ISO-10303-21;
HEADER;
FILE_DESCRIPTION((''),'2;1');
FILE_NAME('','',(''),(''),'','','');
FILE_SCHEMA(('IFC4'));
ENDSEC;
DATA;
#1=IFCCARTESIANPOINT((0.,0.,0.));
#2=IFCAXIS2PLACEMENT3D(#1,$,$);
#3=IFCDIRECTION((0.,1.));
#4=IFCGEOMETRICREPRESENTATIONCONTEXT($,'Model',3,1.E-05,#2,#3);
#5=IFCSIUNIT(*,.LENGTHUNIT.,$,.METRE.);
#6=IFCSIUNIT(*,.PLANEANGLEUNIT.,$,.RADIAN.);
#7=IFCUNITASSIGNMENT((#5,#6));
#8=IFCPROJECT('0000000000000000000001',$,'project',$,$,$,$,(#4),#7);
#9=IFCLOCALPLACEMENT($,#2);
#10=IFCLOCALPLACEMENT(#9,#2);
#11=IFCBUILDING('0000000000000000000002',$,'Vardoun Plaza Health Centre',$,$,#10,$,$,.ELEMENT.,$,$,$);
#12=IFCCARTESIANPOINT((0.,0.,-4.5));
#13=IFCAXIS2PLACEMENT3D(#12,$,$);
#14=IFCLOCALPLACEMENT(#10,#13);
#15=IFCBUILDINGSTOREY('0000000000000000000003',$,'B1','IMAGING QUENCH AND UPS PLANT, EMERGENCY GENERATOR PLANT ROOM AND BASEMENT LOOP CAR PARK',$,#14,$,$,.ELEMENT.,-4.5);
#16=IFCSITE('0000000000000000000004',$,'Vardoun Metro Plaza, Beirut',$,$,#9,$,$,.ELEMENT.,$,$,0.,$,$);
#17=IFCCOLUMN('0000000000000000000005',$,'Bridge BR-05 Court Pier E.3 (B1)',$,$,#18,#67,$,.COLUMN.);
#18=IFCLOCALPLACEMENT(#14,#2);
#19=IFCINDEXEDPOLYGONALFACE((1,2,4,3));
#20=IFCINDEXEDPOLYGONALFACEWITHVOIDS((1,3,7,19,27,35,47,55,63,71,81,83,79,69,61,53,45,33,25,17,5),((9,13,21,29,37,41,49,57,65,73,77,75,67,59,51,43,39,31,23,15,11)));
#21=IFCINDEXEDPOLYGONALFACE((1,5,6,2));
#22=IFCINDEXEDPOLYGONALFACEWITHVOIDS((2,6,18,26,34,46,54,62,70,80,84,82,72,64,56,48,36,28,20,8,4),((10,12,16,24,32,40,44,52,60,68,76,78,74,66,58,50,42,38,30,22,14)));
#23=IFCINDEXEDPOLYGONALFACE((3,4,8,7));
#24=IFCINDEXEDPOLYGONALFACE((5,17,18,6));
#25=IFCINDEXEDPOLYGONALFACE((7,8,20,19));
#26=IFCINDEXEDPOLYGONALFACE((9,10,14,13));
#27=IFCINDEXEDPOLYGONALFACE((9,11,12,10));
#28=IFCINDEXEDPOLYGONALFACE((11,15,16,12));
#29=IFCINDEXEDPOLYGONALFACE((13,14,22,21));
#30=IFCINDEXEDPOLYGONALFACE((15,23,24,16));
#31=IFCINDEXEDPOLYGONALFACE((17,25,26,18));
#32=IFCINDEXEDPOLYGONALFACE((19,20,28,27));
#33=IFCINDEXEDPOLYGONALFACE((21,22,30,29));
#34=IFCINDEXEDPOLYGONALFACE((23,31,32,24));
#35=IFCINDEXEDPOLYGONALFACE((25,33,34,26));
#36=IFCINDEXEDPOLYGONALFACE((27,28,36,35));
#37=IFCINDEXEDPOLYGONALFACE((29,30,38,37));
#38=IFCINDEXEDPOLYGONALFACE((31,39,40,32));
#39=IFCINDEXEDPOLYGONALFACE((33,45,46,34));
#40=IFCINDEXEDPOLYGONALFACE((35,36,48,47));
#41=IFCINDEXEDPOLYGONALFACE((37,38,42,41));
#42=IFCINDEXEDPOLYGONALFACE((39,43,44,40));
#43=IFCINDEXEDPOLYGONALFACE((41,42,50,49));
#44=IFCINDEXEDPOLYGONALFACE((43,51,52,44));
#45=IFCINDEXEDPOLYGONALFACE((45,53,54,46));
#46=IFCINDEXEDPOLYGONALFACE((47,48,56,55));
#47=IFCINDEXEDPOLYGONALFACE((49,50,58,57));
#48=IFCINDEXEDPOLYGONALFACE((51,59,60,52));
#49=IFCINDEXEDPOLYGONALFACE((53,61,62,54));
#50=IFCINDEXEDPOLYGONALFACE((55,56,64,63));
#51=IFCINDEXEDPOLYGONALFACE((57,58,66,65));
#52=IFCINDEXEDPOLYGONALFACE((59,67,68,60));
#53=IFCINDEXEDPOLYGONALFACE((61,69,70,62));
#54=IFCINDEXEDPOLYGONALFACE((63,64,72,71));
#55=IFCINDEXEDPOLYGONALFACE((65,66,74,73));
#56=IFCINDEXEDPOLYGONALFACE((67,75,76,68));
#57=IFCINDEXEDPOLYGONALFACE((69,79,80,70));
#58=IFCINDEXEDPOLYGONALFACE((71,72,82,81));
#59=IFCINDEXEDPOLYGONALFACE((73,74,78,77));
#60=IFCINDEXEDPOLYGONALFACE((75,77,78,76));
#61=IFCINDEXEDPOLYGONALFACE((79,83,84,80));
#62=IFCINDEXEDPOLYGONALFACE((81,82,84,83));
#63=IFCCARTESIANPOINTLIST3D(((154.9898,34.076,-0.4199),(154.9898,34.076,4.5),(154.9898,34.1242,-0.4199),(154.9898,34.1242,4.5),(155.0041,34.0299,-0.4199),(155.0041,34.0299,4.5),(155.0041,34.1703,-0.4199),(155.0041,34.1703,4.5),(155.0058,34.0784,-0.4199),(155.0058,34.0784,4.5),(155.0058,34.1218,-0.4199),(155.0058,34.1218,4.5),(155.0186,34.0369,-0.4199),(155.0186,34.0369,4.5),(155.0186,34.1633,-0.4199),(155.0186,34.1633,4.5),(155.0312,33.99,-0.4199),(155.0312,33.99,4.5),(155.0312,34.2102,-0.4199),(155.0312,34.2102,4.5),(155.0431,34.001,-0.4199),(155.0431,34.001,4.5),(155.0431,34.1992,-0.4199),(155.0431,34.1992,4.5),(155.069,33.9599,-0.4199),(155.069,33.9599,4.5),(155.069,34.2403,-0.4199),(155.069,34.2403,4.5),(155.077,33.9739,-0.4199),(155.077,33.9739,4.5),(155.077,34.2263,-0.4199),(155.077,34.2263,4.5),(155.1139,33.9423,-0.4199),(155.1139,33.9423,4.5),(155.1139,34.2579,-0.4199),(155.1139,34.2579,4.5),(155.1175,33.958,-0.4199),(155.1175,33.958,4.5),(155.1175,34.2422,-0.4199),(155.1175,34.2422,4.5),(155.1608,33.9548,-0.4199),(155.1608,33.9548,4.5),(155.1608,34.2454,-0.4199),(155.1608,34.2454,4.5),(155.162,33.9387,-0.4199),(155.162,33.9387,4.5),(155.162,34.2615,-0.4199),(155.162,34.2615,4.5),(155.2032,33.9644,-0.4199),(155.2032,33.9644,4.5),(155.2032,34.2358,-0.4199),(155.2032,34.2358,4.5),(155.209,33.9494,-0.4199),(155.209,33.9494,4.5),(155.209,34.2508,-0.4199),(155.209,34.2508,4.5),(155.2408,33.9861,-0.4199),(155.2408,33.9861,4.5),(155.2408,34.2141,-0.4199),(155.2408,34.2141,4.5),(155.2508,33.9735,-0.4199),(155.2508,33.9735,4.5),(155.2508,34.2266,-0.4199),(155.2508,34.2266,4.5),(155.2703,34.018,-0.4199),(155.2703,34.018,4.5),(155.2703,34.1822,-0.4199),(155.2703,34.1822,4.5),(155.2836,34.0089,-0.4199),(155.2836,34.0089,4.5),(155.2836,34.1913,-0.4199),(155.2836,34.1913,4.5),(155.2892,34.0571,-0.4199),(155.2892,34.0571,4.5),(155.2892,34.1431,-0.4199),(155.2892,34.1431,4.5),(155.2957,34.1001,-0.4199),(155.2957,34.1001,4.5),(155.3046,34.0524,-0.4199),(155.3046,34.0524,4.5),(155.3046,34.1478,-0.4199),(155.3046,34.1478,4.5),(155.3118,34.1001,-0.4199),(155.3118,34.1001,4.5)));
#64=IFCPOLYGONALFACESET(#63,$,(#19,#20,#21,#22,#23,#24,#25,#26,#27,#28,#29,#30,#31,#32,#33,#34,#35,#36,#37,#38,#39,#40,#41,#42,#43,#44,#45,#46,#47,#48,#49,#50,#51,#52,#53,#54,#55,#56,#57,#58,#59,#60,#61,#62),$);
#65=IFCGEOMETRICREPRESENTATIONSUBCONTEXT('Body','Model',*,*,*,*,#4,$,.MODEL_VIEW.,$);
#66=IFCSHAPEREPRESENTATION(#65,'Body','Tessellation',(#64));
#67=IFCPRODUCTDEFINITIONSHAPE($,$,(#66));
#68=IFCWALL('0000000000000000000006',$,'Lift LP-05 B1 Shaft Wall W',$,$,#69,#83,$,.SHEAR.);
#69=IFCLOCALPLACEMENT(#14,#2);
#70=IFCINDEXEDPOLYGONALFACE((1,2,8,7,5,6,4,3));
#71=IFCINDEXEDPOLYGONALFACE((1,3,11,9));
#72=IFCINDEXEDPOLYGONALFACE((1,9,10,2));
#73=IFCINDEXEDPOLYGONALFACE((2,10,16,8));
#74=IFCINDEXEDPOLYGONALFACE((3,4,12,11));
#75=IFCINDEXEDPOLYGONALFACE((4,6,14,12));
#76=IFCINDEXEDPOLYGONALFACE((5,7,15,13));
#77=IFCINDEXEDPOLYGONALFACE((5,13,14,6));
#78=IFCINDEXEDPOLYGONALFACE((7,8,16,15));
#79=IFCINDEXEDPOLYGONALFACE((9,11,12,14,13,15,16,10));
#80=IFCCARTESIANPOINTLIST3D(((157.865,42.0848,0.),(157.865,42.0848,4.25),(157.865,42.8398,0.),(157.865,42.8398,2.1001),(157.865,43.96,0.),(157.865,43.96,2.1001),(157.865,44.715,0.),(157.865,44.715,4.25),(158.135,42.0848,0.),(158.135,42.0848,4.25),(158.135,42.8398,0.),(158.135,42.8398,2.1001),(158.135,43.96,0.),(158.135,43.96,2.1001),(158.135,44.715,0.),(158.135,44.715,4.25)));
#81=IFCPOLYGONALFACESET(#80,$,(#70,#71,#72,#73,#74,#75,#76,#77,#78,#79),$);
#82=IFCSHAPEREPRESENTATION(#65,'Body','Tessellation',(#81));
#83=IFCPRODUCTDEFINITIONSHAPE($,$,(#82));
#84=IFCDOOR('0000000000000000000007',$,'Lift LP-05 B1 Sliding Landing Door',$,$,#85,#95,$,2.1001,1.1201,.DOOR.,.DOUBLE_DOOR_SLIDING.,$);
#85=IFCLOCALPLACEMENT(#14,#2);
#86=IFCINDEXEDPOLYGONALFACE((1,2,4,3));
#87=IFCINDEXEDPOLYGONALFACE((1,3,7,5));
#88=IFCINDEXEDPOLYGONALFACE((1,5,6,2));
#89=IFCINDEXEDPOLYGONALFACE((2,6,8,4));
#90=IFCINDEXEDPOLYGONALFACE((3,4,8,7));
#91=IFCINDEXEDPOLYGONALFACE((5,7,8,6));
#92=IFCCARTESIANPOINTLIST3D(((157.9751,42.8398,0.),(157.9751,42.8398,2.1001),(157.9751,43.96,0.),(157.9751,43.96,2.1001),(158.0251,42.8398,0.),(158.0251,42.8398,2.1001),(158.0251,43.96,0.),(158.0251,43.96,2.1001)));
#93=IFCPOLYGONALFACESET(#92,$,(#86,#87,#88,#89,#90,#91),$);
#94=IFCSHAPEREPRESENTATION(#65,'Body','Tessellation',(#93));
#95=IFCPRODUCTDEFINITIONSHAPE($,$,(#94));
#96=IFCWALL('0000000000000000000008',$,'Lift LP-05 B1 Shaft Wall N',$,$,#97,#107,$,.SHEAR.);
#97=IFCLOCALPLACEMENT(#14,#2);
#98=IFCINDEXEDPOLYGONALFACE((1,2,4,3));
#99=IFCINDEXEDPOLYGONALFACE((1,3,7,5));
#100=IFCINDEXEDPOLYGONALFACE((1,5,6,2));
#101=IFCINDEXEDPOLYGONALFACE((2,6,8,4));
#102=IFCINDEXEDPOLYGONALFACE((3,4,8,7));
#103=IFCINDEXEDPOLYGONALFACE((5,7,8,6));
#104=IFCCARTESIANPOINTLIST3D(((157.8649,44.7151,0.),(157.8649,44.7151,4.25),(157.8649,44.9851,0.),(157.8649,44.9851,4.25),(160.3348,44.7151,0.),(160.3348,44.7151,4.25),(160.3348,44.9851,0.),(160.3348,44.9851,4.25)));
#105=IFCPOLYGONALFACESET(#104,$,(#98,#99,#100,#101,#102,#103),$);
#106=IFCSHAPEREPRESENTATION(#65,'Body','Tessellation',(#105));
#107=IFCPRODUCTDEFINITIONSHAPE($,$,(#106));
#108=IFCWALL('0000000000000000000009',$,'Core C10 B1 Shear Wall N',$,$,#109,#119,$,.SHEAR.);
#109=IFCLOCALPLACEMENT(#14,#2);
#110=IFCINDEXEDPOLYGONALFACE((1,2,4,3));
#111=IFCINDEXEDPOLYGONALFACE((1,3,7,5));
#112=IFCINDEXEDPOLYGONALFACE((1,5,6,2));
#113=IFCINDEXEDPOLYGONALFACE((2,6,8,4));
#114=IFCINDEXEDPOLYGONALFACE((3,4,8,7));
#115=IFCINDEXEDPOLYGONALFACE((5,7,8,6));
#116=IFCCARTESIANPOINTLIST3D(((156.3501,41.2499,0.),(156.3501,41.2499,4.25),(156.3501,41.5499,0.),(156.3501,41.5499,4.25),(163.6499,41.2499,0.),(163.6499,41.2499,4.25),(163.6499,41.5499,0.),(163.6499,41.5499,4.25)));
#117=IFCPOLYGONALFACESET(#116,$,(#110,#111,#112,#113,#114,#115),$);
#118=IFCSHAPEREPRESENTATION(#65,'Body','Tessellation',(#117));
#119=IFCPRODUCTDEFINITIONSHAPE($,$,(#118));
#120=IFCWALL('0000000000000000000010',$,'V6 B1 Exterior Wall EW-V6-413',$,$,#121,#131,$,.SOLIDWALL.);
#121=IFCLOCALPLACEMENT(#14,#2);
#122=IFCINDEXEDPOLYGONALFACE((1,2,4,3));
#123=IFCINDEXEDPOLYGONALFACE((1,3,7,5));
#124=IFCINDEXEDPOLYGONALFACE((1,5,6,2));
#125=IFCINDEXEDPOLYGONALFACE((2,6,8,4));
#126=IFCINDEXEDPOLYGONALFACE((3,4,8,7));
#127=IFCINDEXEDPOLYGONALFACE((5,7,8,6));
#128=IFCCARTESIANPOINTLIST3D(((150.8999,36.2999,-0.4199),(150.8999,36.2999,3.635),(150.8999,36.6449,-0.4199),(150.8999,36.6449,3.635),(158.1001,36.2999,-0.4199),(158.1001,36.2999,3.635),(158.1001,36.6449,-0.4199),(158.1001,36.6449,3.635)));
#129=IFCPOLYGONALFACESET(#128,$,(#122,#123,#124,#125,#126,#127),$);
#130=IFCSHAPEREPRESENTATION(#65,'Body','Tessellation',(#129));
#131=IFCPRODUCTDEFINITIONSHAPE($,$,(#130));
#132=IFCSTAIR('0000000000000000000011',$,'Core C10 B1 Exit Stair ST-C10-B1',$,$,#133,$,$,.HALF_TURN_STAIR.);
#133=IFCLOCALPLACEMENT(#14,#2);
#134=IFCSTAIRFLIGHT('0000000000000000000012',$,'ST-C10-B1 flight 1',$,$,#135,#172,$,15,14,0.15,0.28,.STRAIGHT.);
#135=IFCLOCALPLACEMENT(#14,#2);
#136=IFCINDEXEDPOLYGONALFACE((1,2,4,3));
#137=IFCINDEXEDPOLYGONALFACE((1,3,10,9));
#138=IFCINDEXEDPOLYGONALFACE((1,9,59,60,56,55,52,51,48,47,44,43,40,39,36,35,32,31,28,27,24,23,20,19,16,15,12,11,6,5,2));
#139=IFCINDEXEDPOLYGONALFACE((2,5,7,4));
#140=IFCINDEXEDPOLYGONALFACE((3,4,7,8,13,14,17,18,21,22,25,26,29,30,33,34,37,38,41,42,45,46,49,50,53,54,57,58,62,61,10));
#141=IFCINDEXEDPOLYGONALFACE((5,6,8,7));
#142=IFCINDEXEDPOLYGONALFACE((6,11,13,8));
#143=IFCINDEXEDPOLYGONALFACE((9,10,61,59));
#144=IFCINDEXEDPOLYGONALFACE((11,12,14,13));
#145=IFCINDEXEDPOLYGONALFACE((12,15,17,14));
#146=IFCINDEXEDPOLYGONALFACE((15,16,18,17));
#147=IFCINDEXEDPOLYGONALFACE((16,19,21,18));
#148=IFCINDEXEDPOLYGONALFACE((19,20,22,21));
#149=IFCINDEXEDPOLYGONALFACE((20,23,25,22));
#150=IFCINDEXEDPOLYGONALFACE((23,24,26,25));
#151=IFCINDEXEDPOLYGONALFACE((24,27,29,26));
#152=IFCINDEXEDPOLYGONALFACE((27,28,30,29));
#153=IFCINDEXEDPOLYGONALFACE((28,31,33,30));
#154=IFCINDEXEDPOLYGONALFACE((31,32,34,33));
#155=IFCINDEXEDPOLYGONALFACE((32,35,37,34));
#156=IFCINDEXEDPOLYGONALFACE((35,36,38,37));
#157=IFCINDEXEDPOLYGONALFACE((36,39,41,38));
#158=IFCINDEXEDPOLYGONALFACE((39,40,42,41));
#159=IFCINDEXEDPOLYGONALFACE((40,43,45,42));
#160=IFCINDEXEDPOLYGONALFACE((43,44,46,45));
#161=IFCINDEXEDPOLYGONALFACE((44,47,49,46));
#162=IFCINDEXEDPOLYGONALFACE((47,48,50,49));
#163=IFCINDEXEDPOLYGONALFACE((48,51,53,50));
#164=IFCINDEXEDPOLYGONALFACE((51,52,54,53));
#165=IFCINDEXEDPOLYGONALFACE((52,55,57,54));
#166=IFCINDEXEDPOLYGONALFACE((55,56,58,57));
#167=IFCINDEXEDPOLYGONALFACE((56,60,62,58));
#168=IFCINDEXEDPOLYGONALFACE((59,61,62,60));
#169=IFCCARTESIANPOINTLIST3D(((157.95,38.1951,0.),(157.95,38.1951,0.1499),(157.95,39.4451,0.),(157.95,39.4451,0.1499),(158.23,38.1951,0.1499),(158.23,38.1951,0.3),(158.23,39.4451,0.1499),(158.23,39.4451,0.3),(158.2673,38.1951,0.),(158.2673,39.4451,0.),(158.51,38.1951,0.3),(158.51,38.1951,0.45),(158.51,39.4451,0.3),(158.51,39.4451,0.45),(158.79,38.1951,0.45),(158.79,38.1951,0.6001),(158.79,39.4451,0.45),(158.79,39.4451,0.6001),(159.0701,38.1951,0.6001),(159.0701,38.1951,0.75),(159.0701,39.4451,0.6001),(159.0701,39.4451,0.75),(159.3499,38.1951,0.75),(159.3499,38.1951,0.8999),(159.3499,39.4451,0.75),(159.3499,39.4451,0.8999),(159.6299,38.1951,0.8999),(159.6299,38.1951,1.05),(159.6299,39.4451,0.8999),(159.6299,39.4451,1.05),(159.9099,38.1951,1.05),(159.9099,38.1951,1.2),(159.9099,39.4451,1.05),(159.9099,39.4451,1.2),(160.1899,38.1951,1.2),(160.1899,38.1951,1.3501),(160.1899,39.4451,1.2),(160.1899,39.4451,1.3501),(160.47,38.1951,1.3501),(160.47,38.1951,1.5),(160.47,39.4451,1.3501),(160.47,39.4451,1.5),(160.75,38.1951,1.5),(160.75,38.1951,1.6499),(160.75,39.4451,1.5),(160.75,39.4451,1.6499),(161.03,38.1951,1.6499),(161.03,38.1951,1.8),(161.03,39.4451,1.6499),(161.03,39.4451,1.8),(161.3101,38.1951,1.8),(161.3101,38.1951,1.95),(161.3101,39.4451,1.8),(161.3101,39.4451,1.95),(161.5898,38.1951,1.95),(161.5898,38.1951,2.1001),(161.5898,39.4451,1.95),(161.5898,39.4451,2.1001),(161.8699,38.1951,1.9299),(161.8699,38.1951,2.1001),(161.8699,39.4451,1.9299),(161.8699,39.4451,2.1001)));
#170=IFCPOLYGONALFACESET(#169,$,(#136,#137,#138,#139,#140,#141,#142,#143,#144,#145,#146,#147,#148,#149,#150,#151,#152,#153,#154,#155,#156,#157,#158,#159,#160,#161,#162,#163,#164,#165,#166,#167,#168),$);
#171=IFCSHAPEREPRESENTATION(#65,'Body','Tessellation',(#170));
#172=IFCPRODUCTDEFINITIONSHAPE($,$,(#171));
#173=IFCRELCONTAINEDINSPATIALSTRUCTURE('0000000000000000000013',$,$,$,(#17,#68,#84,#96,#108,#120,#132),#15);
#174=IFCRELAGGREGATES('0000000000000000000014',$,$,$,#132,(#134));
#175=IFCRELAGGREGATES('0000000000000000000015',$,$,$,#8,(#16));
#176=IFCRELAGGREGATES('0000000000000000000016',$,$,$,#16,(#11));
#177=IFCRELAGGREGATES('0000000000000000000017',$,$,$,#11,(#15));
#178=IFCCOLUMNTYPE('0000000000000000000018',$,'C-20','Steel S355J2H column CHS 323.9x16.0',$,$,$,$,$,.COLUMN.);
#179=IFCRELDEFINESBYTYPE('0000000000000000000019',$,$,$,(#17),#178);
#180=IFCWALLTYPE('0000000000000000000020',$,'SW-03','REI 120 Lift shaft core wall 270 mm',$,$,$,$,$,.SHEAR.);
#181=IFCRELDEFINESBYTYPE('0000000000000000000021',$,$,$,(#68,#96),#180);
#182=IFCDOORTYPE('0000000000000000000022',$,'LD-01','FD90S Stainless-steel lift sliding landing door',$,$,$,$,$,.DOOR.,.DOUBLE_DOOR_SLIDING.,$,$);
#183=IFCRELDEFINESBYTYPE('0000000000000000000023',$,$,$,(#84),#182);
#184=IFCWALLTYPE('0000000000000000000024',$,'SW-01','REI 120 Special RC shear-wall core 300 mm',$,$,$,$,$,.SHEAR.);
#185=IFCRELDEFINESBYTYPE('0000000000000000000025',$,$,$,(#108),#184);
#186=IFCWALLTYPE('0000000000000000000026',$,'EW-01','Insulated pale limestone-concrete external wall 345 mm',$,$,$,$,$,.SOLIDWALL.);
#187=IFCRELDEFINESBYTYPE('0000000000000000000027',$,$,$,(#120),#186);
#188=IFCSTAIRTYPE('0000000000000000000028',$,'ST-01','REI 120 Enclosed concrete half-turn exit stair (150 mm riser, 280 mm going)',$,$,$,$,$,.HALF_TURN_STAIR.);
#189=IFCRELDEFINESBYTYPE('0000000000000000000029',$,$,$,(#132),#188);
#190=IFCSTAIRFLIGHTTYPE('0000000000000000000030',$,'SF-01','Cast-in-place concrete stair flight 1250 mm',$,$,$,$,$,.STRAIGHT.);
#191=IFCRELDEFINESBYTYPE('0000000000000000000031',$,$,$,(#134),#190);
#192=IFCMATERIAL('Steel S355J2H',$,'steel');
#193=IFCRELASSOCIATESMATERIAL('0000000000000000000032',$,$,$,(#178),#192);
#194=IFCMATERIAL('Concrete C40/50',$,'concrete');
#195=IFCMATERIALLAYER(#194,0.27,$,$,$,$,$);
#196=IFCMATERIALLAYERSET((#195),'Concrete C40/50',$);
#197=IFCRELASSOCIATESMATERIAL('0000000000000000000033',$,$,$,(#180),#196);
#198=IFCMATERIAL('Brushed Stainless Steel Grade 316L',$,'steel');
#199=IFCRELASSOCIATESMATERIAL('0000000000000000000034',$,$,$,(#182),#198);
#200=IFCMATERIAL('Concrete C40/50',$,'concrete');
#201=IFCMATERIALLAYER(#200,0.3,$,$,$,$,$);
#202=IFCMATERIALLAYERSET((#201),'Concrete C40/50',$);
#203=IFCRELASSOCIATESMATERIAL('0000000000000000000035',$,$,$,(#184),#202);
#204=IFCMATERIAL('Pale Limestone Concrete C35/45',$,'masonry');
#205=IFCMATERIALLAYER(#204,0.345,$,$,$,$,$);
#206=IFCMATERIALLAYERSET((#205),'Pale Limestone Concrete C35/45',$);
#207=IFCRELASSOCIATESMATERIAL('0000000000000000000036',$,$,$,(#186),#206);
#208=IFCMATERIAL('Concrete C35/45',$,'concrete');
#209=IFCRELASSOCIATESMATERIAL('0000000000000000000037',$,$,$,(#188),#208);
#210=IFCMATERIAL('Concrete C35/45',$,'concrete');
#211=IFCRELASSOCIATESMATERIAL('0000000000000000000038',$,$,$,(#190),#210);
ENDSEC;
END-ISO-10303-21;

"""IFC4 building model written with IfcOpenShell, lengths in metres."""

from ifc_helpers import new_model, si_unit, direction, frame, frame_2d, origin, origin_2d, place, context, subcontext, project, spatial, polyline, rectangle, hollow_circle, outline, extrude, material, layer, layer_set, material_profile, profile_set, type_object, element, fill, aggregate, save


model = new_model("IFC4")

# Units and contexts
model_context = context("Model", 3, precision=1e-05, world=origin(), true_north=direction((0.0, 1.0)))
body_context = subcontext(model_context, "Body", "Model", "MODEL_VIEW")
ifc_project = project(units=[si_unit("LENGTHUNIT", "METRE"), si_unit("PLANEANGLEUNIT", "RADIAN")], contexts=[model_context])

# Site, building, storey
site_placement = place(None, origin())
site = spatial("IfcSite", under=ifc_project, at=site_placement, Name="Vardoun Metro Plaza, Beirut", CompositionType="ELEMENT", RefElevation=0.0)
building_placement = place(site_placement, origin())
building = spatial("IfcBuilding", under=site, at=building_placement, Name="Vardoun Plaza Health Centre", CompositionType="ELEMENT")
storey_placement = place(building_placement, frame((0.0, 0.0, -4.5)))
storey = spatial("IfcBuildingStorey", under=building, at=storey_placement, Name="B1", Description="IMAGING QUENCH AND UPS PLANT, EMERGENCY GENERATOR PLANT ROOM AND BASEMENT LOOP CAR PARK", CompositionType="ELEMENT", Elevation=-4.5)

# Column
ifc_material_1 = material(Name="Steel S355J2H", Category="steel")
ifc_material_profile_1 = material_profile(ifc_material_1, hollow_circle(Radius=0.1619, WallThickness=0.0161, at=origin_2d()), Name="CHS 323.9x16.0")
ifc_profile_set_1 = profile_set([ifc_material_profile_1], Name="Steel S355J2H")
column_type_1 = type_object("IfcColumnType", Name="C-20", Description="Steel S355J2H column CHS 323.9x16.0", PredefinedType="COLUMN", material=ifc_profile_set_1)
column_1_placement = place(storey_placement, frame((155.1499, 34.1001, -0.4199), z_axis=(0.0, 0.0, 1.0), x_axis=(1.0, 0.0, 0.0)))
element("IfcColumn", 1, at=column_1_placement, inside=storey, type_object=column_type_1, Name="Bridge BR-05 Court Pier E.3 (B1)", PredefinedType="COLUMN", context=body_context, shape_type="SweptSolid", body=[
    extrude(hollow_circle(Radius=0.1619, WallThickness=0.0161, at=origin_2d()), origin(), (0.0, 0.0, 1.0), 4.9199),
])

# Wall, opening, door
ifc_material_2 = material(Name="Concrete C40/50", Category="concrete")
ifc_layer_1 = layer(ifc_material_2, 0.27)
ifc_layer_set_1 = layer_set([ifc_layer_1], Name="Concrete C40/50")
wall_type_1 = type_object("IfcWallType", Name="SW-03", Description="REI 120 Lift shaft core wall 270 mm", PredefinedType="SHEAR", material=ifc_layer_set_1)
wall_1_placement = place(storey_placement, frame((158.0, 42.085, 0.0), z_axis=(0.0, 0.0, 1.0), x_axis=(0.0, 1.0, 0.0)))
wall_1 = element("IfcWall", 2, at=wall_1_placement, inside=storey, type_object=wall_type_1, Name="Lift LP-05 B1 Shaft Wall W", PredefinedType="SHEAR", context=body_context, shape_type="SweptSolid", body=[
    extrude(rectangle(XDim=2.6301, YDim=0.27, at=frame_2d((1.3149, 0.0))), origin(), (0.0, 0.0, 1.0), 4.25),
])
opening_1_placement = place(wall_1_placement, frame((0.7549, 0.0, 0.0)))
opening_1 = element("IfcOpeningElement", 3, at=opening_1_placement, cuts=wall_1, PredefinedType="OPENING", context=body_context, shape_type="SweptSolid", body=[
    extrude(rectangle(XDim=1.1201, YDim=2.1001, at=frame_2d((0.5601, 1.05))), frame((0.0, 0.135, 0.0), z_axis=(0.0, -1.0, 0.0), x_axis=(1.0, 0.0, 0.0)), (0.0, 0.0, 1.0), 0.27),
])
ifc_material_3 = material(Name="Brushed Stainless Steel Grade 316L", Category="steel")
door_type_1 = type_object("IfcDoorType", Name="LD-01", Description="FD90S Stainless-steel lift sliding landing door", OperationType="DOUBLE_DOOR_SLIDING", PredefinedType="DOOR", material=ifc_material_3)
door_1_placement = place(opening_1_placement, origin())
door_1 = element("IfcDoor", 4, at=door_1_placement, inside=storey, type_object=door_type_1, Name="Lift LP-05 B1 Sliding Landing Door", OperationType="DOUBLE_DOOR_SLIDING", OverallHeight=2.1001, OverallWidth=1.1201, PredefinedType="DOOR", context=body_context, shape_type="SweptSolid", body=[
    extrude(rectangle(XDim=1.1201, YDim=2.1001, at=frame_2d((0.5601, 1.05))), frame((0.0, 0.0249, 0.0), z_axis=(0.0, -1.0, 0.0), x_axis=(1.0, 0.0, 0.0)), (0.0, 0.0, 1.0), 0.05),
])
fill(opening_1, door_1)

# Wall
wall_2_placement = place(storey_placement, frame((157.865, 44.8501, 0.0), z_axis=(0.0, 0.0, 1.0), x_axis=(1.0, 0.0, 0.0)))
element("IfcWall", 5, at=wall_2_placement, inside=storey, type_object=wall_type_1, Name="Lift LP-05 B1 Shaft Wall N", PredefinedType="SHEAR", context=body_context, shape_type="SweptSolid", body=[
    extrude(rectangle(XDim=2.47, YDim=0.27, at=frame_2d((1.2349, 0.0))), origin(), (0.0, 0.0, 1.0), 4.25),
])

# Shared definitions
ifc_material_4 = material(Name="Concrete C40/50", Category="concrete")
ifc_layer_2 = layer(ifc_material_4, 0.3)
ifc_layer_set_2 = layer_set([ifc_layer_2], Name="Concrete C40/50")
wall_type_2 = type_object("IfcWallType", Name="SW-01", Description="REI 120 Special RC shear-wall core 300 mm", PredefinedType="SHEAR", material=ifc_layer_set_2)

# Walls
wall_3_placement = place(storey_placement, frame((156.3501, 41.3999, 0.0), z_axis=(0.0, 0.0, 1.0), x_axis=(1.0, 0.0, 0.0)))
element("IfcWall", 6, at=wall_3_placement, inside=storey, type_object=wall_type_2, Name="Core C10 B1 Shear Wall N", PredefinedType="SHEAR", context=body_context, shape_type="SweptSolid", body=[
    extrude(rectangle(XDim=7.2998, YDim=0.3, at=frame_2d((3.6499, 0.0))), origin(), (0.0, 0.0, 1.0), 4.25),
])
ifc_material_5 = material(Name="Pale Limestone Concrete C35/45", Category="masonry")
ifc_layer_3 = layer(ifc_material_5, 0.345)
ifc_layer_set_3 = layer_set([ifc_layer_3], Name="Pale Limestone Concrete C35/45")
wall_type_3 = type_object("IfcWallType", Name="EW-01", Description="Insulated pale limestone-concrete external wall 345 mm", PredefinedType="SOLIDWALL", material=ifc_layer_set_3)
wall_4_placement = place(storey_placement, frame((158.1001, 36.4724, -0.4199), z_axis=(0.0, 0.0, 1.0), x_axis=(-1.0, 0.0, 0.0)))
element("IfcWall", 7, at=wall_4_placement, inside=storey, type_object=wall_type_3, Name="V6 B1 Exterior Wall EW-V6-413", PredefinedType="SOLIDWALL", context=body_context, shape_type="SweptSolid", body=[
    extrude(rectangle(XDim=7.2002, YDim=0.345, at=frame_2d((3.6001, 0.0))), origin(), (0.0, 0.0, 1.0), 4.0549),
])

# Stair, stair flight
ifc_material_6 = material(Name="Concrete C35/45", Category="concrete")
stair_type = type_object("IfcStairType", Name="ST-01", Description="REI 120 Enclosed concrete half-turn exit stair (150 mm riser, 280 mm going)", PredefinedType="HALF_TURN_STAIR", material=ifc_material_6)
stair_placement = place(storey_placement, origin())
stair = element("IfcStair", 8, at=stair_placement, inside=storey, type_object=stair_type, Name="Core C10 B1 Exit Stair ST-C10-B1", PredefinedType="HALF_TURN_STAIR")
ifc_material_7 = material(Name="Concrete C35/45", Category="concrete")
stair_flight_type = type_object("IfcStairFlightType", Name="SF-01", Description="Cast-in-place concrete stair flight 1250 mm", PredefinedType="STRAIGHT", material=ifc_material_7)
stair_flight_placement = place(storey_placement, frame((157.95, 38.8201, 0.0), z_axis=(0.0, 0.0, 1.0), x_axis=(1.0, 0.0, 0.0)))
stair_flight = element("IfcStairFlight", 9, at=stair_flight_placement, type_object=stair_flight_type, Name="ST-C10-B1 flight 1", NumberOfRisers=15, NumberOfTreads=14, PredefinedType="STRAIGHT", RiserHeight=0.15, TreadLength=0.28, context=body_context, shape_type="SweptSolid", body=[
    extrude(outline(polyline([(0.0, 0.0), (0.0, 0.1499), (0.28, 0.1499), (0.28, 0.3), (0.5601, 0.3), (0.5601, 0.45), (0.8401, 0.45), (0.8401, 0.6001), (1.1201, 0.6001), (1.1201, 0.75), (1.3999, 0.75), (1.3999, 0.8999), (1.6799, 0.8999), (1.6799, 1.05), (1.96, 1.05), (1.96, 1.2), (2.24, 1.2), (2.24, 1.3501), (2.52, 1.3501), (2.52, 1.5), (2.8, 1.5), (2.8, 1.6499), (3.0801, 1.6499), (3.0801, 1.8), (3.3601, 1.8), (3.3601, 1.95), (3.6399, 1.95), (3.6399, 2.1001), (3.9199, 2.1001), (3.9199, 2.25), (3.9199, 1.9299), (0.3174, 0.0), (0.0, 0.0)])), frame((0.0, 0.625, 0.0), z_axis=(0.0, -1.0, 0.0), x_axis=(1.0, 0.0, 0.0)), (0.0, 0.0, 1.0), 1.25),
])
aggregate(stair, [stair_flight])

save(model, "model.ifc")
